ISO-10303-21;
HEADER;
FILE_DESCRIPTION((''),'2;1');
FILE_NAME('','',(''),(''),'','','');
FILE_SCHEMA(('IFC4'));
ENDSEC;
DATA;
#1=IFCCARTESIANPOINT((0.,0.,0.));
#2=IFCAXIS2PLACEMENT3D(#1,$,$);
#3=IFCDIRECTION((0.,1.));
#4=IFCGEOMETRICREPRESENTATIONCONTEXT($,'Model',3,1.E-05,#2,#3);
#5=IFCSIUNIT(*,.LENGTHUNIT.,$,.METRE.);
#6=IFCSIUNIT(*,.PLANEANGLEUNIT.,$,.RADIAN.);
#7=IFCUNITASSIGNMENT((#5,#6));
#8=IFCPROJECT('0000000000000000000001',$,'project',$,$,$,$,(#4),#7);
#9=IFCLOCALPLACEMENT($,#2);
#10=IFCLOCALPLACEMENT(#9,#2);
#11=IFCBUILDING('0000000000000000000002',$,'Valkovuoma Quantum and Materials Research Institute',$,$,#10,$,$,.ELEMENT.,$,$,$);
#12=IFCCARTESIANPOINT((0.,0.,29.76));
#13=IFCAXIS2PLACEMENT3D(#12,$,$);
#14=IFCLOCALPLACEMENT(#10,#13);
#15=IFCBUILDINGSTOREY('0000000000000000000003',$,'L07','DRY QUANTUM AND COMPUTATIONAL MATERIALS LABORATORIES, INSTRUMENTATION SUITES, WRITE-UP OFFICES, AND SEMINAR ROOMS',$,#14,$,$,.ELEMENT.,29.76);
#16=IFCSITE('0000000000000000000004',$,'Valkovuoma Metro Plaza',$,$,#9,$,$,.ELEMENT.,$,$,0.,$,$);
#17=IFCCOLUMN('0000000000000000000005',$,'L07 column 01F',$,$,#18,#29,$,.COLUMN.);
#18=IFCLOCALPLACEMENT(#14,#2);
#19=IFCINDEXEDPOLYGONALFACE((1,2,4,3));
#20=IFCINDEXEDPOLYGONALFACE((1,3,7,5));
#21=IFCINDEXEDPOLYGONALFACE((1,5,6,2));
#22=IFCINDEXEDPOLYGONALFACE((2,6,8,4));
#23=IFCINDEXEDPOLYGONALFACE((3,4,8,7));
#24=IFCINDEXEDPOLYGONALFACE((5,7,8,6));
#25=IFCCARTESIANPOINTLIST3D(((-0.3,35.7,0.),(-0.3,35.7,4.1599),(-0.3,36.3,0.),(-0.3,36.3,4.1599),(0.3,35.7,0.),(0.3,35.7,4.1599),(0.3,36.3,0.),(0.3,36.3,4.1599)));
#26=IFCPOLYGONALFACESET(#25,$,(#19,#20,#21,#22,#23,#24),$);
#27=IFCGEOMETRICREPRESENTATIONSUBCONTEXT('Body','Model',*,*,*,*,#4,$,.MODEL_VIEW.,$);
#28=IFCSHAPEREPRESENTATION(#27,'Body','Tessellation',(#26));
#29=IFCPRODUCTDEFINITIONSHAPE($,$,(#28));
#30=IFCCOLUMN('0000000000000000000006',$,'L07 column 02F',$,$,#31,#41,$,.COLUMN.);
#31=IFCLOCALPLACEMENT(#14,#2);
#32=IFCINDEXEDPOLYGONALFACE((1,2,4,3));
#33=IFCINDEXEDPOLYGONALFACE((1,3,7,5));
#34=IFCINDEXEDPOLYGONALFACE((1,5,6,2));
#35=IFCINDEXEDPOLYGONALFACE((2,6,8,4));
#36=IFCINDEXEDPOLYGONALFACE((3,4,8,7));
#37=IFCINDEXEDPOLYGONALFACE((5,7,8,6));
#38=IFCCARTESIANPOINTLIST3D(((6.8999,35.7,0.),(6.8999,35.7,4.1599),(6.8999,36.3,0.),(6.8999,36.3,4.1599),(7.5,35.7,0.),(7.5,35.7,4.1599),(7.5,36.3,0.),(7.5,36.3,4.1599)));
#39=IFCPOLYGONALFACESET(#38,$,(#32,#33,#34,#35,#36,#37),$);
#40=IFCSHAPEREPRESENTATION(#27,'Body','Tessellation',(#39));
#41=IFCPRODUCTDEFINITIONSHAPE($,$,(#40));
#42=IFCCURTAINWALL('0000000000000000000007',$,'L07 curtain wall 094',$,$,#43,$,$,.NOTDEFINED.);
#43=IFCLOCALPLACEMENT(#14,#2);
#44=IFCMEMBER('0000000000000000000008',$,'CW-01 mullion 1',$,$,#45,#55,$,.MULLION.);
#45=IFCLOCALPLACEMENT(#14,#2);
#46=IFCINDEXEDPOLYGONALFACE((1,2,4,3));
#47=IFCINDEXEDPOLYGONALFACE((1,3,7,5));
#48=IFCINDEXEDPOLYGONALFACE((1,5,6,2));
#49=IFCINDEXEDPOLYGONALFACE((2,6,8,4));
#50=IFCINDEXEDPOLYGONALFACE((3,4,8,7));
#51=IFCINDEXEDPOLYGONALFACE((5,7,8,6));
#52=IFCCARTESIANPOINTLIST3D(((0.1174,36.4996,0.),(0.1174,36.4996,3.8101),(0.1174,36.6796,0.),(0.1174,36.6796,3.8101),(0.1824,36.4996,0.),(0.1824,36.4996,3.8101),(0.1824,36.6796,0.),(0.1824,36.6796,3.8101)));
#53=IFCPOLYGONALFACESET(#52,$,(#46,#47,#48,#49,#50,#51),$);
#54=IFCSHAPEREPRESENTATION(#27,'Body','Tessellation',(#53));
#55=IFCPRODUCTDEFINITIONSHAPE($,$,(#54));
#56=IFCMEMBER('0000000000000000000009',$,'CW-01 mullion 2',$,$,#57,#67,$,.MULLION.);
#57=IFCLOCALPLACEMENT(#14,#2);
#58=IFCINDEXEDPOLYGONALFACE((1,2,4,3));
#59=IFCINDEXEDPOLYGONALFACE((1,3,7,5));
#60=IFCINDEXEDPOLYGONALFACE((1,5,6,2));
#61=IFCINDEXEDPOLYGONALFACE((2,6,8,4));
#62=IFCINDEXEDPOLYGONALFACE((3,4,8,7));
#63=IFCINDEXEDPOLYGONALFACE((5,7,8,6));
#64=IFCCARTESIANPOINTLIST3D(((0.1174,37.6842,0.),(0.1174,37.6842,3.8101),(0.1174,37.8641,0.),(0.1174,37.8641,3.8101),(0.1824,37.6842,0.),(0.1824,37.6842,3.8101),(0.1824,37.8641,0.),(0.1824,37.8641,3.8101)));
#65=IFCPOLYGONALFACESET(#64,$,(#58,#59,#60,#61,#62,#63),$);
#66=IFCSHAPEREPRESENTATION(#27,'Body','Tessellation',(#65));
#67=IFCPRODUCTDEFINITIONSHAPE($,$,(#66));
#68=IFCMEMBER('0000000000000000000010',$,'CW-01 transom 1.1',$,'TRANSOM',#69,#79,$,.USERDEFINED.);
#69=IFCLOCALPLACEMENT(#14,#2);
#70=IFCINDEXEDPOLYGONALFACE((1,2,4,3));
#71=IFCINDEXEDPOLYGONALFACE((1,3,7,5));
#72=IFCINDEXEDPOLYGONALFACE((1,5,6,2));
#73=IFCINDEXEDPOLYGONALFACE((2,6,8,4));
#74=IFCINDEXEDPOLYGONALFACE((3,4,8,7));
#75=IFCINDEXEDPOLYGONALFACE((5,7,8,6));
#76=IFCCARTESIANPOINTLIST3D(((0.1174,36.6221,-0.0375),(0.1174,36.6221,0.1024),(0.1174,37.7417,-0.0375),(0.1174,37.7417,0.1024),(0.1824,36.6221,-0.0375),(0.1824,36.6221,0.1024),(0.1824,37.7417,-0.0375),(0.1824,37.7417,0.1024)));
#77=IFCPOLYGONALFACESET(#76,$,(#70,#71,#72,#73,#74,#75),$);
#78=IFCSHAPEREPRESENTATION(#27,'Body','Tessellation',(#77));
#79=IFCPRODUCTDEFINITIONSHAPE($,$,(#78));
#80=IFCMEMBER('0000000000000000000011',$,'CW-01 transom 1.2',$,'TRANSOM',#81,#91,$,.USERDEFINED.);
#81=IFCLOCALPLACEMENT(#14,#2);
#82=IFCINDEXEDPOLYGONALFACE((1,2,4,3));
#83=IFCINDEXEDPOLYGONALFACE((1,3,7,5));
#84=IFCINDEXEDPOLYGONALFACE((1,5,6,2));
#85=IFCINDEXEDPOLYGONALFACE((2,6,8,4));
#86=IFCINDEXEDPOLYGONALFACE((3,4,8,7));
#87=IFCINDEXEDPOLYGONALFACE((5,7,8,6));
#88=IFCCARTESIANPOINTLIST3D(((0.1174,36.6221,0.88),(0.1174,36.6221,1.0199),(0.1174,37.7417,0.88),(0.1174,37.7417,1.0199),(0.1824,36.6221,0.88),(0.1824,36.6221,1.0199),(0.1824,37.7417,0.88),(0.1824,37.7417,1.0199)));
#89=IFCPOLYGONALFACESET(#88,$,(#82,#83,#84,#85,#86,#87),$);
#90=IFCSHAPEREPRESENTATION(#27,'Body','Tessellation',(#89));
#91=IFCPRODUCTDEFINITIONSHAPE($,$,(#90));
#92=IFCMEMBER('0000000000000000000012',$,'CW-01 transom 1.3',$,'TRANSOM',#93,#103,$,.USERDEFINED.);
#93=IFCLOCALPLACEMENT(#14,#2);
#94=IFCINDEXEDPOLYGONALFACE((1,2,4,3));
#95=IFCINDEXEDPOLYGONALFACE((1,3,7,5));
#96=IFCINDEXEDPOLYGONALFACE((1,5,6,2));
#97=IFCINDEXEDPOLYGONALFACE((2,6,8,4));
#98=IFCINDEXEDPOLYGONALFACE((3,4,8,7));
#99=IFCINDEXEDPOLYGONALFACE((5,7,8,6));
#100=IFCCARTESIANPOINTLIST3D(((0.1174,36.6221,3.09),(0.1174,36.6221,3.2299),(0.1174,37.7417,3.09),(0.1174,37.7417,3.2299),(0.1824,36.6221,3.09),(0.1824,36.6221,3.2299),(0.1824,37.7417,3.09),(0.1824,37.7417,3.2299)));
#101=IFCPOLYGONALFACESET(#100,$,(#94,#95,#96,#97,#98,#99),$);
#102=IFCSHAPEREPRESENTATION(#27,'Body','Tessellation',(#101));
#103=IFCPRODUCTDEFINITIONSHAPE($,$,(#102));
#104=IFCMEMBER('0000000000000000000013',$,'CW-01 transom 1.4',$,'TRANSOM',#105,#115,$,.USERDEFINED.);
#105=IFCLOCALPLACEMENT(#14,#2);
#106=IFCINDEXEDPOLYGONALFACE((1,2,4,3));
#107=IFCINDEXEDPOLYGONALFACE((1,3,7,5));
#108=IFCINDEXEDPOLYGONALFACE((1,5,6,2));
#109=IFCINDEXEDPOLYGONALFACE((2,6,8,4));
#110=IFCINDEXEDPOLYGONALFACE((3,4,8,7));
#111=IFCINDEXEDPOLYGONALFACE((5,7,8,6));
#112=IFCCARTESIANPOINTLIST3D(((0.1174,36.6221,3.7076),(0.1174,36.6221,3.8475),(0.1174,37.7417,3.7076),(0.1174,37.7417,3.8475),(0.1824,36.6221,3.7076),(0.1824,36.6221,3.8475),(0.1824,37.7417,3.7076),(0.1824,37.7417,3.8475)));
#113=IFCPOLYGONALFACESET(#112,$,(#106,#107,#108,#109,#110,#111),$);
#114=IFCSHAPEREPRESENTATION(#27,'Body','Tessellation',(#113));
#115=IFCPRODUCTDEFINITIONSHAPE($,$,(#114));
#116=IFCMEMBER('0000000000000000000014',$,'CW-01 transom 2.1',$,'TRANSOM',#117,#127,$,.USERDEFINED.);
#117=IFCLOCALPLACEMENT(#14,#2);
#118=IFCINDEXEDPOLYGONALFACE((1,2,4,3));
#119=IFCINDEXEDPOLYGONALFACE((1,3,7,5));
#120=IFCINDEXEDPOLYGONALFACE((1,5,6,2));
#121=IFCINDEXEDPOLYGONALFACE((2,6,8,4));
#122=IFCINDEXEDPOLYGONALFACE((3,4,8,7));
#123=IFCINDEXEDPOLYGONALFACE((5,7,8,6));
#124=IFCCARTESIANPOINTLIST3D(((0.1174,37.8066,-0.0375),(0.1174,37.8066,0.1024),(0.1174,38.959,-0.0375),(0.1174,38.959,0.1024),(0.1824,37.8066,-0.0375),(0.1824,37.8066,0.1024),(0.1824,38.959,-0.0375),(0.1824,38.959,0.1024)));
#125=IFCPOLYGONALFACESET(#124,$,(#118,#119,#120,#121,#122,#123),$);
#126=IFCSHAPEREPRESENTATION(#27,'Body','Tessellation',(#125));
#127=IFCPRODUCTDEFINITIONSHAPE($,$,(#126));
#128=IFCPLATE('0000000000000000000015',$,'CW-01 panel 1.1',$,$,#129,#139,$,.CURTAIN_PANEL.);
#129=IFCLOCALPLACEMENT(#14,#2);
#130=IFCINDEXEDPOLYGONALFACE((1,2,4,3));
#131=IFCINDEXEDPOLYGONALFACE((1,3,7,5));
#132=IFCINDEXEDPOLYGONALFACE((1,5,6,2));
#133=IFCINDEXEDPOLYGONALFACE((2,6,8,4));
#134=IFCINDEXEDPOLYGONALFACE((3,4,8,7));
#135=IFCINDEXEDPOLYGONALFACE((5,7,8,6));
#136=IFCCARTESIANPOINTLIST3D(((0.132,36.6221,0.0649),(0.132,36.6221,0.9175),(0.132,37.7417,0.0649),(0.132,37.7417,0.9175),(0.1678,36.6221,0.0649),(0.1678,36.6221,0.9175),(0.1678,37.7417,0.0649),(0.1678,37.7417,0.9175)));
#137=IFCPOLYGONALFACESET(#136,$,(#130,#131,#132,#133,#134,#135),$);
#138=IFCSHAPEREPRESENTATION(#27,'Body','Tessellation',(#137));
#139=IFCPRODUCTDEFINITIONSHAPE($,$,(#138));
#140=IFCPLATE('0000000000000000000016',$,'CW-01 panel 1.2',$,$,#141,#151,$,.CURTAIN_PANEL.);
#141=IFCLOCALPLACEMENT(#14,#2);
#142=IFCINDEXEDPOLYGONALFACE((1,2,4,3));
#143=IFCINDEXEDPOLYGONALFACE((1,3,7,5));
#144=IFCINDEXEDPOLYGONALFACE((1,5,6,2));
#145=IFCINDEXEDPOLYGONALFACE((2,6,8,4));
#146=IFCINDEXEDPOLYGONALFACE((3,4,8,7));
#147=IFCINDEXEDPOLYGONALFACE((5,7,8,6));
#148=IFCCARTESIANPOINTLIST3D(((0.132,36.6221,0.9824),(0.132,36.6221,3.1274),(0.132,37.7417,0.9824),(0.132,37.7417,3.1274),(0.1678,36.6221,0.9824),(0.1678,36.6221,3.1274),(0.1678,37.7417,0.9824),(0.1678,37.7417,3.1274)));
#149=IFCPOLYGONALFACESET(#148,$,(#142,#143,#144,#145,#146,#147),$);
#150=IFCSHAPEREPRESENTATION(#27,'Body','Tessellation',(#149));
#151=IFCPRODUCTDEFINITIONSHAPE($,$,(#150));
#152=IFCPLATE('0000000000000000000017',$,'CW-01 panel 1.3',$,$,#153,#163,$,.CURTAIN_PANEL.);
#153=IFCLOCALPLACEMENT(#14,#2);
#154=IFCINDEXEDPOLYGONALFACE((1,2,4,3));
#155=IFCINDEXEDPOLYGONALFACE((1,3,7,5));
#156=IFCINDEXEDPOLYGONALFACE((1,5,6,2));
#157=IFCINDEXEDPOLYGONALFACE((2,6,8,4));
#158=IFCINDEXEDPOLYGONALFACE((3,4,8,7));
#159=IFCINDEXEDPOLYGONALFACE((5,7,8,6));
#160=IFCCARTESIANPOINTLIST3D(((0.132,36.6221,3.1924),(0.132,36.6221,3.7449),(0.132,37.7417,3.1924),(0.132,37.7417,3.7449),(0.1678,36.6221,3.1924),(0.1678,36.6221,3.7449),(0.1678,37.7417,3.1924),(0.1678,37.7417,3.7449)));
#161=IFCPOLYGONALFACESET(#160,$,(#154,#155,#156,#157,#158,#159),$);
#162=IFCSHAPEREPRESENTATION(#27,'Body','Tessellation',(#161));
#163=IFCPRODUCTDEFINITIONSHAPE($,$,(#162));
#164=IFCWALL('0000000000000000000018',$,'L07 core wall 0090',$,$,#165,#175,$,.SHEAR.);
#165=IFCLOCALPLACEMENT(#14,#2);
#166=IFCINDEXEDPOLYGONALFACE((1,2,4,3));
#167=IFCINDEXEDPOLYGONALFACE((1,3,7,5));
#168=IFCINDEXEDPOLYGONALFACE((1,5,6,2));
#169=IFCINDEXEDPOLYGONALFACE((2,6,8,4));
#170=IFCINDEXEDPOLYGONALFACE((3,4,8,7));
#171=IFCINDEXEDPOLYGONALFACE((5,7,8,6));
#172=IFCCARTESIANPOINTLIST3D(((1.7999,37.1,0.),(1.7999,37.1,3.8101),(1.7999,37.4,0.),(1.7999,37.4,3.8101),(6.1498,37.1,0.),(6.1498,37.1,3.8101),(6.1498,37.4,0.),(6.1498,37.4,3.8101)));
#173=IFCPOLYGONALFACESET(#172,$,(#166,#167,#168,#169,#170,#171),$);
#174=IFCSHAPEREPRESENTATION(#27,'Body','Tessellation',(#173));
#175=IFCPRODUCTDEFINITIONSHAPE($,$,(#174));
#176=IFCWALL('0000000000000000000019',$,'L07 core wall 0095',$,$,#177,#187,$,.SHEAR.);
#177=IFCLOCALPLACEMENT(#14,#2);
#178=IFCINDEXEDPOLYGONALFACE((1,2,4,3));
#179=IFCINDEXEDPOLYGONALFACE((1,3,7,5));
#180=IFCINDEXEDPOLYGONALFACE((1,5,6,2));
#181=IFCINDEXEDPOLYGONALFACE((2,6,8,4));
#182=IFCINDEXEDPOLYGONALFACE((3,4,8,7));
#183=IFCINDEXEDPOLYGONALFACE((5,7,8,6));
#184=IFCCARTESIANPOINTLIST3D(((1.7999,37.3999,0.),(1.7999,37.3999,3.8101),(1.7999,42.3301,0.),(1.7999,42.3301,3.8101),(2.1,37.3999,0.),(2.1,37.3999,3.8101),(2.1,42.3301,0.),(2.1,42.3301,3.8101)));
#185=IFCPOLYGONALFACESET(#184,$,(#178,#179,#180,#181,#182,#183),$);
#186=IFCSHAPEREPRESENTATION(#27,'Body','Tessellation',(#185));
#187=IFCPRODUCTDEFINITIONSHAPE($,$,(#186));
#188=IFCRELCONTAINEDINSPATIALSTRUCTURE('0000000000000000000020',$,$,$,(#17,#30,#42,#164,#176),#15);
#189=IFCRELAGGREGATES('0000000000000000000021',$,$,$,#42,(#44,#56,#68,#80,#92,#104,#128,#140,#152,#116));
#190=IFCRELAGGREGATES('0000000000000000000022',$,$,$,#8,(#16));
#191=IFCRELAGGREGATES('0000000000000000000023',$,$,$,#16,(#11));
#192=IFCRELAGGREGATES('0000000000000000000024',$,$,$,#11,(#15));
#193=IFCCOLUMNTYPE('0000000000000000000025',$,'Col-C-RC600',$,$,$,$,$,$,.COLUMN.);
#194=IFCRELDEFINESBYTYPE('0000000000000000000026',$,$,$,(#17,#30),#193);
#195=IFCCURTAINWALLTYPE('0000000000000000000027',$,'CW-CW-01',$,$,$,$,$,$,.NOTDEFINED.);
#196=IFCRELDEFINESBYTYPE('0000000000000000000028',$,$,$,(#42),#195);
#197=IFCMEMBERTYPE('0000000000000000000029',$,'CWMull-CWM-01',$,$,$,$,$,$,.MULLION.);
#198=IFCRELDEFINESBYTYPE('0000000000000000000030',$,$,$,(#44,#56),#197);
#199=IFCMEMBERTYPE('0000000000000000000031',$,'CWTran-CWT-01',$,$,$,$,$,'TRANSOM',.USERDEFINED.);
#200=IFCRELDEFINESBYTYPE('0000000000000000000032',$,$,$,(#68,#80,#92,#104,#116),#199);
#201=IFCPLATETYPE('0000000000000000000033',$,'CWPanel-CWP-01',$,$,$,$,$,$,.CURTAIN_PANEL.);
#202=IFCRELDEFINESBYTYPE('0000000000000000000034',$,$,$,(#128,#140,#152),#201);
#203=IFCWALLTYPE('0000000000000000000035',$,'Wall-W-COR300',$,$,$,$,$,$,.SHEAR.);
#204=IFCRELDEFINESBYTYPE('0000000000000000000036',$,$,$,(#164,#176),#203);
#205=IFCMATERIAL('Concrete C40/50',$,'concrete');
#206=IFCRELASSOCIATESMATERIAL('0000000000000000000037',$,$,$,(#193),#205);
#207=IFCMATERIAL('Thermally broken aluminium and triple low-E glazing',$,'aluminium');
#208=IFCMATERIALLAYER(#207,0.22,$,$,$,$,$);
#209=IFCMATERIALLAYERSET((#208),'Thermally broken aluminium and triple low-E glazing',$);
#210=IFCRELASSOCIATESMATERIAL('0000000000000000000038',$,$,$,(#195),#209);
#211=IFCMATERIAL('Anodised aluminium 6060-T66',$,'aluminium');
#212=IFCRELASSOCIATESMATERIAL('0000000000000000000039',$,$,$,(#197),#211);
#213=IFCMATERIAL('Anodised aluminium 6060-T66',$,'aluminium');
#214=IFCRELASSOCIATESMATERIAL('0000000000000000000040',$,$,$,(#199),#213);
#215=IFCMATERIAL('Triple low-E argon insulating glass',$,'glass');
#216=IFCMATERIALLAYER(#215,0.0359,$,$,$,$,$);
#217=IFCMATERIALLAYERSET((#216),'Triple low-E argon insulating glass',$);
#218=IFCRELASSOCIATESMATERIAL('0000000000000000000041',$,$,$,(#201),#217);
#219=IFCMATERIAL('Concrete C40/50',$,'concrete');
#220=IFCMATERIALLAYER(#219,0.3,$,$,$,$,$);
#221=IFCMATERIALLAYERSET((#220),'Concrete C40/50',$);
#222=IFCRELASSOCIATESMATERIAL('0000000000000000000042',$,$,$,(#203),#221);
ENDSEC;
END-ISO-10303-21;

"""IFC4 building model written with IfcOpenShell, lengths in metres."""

from ifc_helpers import new_model, si_unit, direction, frame, frame_2d, origin, origin_2d, place, context, subcontext, project, spatial, rectangle, extrude, material, layer, layer_set, material_profile, profile_set, type_object, element, aggregate, save


model = new_model("IFC4")

# Units and contexts
model_context = context("Model", 3, precision=1e-05, world=origin(), true_north=direction((0.0, 1.0)))
body_context = subcontext(model_context, "Body", "Model", "MODEL_VIEW")
ifc_project = project(units=[si_unit("LENGTHUNIT", "METRE"), si_unit("PLANEANGLEUNIT", "RADIAN")], contexts=[model_context])

# Site, building, storey
site_placement = place(None, origin())
site = spatial("IfcSite", under=ifc_project, at=site_placement, Name="Valkovuoma Metro Plaza", CompositionType="ELEMENT", RefElevation=0.0)
building_placement = place(site_placement, origin())
building = spatial("IfcBuilding", under=site, at=building_placement, Name="Valkovuoma Quantum and Materials Research Institute", CompositionType="ELEMENT")
storey_placement = place(building_placement, frame((0.0, 0.0, 29.76)))
storey = spatial("IfcBuildingStorey", under=building, at=storey_placement, Name="L07", Description="DRY QUANTUM AND COMPUTATIONAL MATERIALS LABORATORIES, INSTRUMENTATION SUITES, WRITE-UP OFFICES, AND SEMINAR ROOMS", CompositionType="ELEMENT", Elevation=29.76)

# Columns
ifc_material_1 = material(Name="Concrete C40/50", Category="concrete")
ifc_material_profile_1 = material_profile(ifc_material_1, rectangle(XDim=0.6001, YDim=0.6001, at=origin_2d()), Name="Concrete C40/50")
ifc_profile_set_1 = profile_set([ifc_material_profile_1], Name="Concrete C40/50")
column_type = type_object("IfcColumnType", Name="Col-C-RC600", PredefinedType="COLUMN", material=ifc_profile_set_1)
for number, where, z_axis, x_axis, name in (
    (1, (0.0, 36.0, 0.0), (0.0, 0.0, 1.0), (1.0, 0.0, 0.0), "L07 column 01F"),
    (2, (7.2, 36.0, 0.0), (0.0, 0.0, 1.0), (1.0, 0.0, 0.0), "L07 column 02F"),
):
    element("IfcColumn", number, at=place(storey_placement, frame(where, z_axis=z_axis, x_axis=x_axis)), inside=storey, type_object=column_type, Name=name, PredefinedType="COLUMN", context=body_context, shape_type="SweptSolid", body=[
        extrude(rectangle(XDim=0.6001, YDim=0.6001, at=origin_2d()), origin(), (0.0, 0.0, 1.0), 4.1599),
    ])

# Curtain wall, members, plates
ifc_material_2 = material(Name="Thermally broken aluminium and triple low-E glazing", Category="aluminium")
ifc_layer_1 = layer(ifc_material_2, 0.22)
ifc_layer_set_1 = layer_set([ifc_layer_1], Name="Thermally broken aluminium and triple low-E glazing")
curtain_wall_type = type_object("IfcCurtainWallType", Name="CW-CW-01", PredefinedType="NOTDEFINED", material=ifc_layer_set_1)
curtain_wall_placement = place(storey_placement, origin())
curtain_wall = element("IfcCurtainWall", 3, at=curtain_wall_placement, inside=storey, type_object=curtain_wall_type, Name="L07 curtain wall 094", PredefinedType="NOTDEFINED")
ifc_material_3 = material(Name="Anodised aluminium 6060-T66", Category="aluminium")
ifc_material_profile_2 = material_profile(ifc_material_3, rectangle(XDim=0.0649, YDim=0.1799, at=origin_2d()), Name="Anodised aluminium 6060-T66")
ifc_profile_set_2 = profile_set([ifc_material_profile_2], Name="Anodised aluminium 6060-T66")
member_type_1 = type_object("IfcMemberType", Name="CWMull-CWM-01", PredefinedType="MULLION", material=ifc_profile_set_2)
member_1_placement = place(storey_placement, frame((0.1499, 36.5896, 0.0), z_axis=(0.0, 0.0, 1.0), x_axis=(-1.0, 0.0, 0.0)))
member_1 = element("IfcMember", 4, at=member_1_placement, type_object=member_type_1, Name="CW-01 mullion 1", PredefinedType="MULLION", context=body_context, shape_type="SweptSolid", body=[
    extrude(rectangle(XDim=0.0649, YDim=0.1799, at=origin_2d()), origin(), (0.0, 0.0, 1.0), 3.8101),
])
member_2_placement = place(storey_placement, frame((0.1499, 37.7742, 0.0), z_axis=(0.0, 0.0, 1.0), x_axis=(-1.0, 0.0, 0.0)))
member_2 = element("IfcMember", 5, at=member_2_placement, type_object=member_type_1, Name="CW-01 mullion 2", PredefinedType="MULLION", context=body_context, shape_type="SweptSolid", body=[
    extrude(rectangle(XDim=0.0649, YDim=0.1799, at=origin_2d()), origin(), (0.0, 0.0, 1.0), 3.8101),
])
ifc_material_4 = material(Name="Anodised aluminium 6060-T66", Category="aluminium")
ifc_material_profile_3 = material_profile(ifc_material_4, rectangle(XDim=0.0649, YDim=0.1399, at=origin_2d()), Name="Anodised aluminium 6060-T66")
ifc_profile_set_3 = profile_set([ifc_material_profile_3], Name="Anodised aluminium 6060-T66")
member_type_2 = type_object("IfcMemberType", Name="CWTran-CWT-01", ElementType="TRANSOM", PredefinedType="USERDEFINED", material=ifc_profile_set_3)
member_3_placement = place(storey_placement, frame((0.1499, 36.6221, 0.0325), z_axis=(0.0, 1.0, 0.0), x_axis=(-1.0, 0.0, 0.0)))
member_3 = element("IfcMember", 6, at=member_3_placement, type_object=member_type_2, Name="CW-01 transom 1.1", ObjectType="TRANSOM", PredefinedType="USERDEFINED", context=body_context, shape_type="SweptSolid", body=[
    extrude(rectangle(XDim=0.0649, YDim=0.1399, at=origin_2d()), origin(), (0.0, 0.0, 1.0), 1.1196),
])
member_4_placement = place(storey_placement, frame((0.1499, 36.6221, 0.95), z_axis=(0.0, 1.0, 0.0), x_axis=(-1.0, 0.0, 0.0)))
member_4 = element("IfcMember", 7, at=member_4_placement, type_object=member_type_2, Name="CW-01 transom 1.2", ObjectType="TRANSOM", PredefinedType="USERDEFINED", context=body_context, shape_type="SweptSolid", body=[
    extrude(rectangle(XDim=0.0649, YDim=0.1399, at=origin_2d()), origin(), (0.0, 0.0, 1.0), 1.1196),
])
member_5_placement = place(storey_placement, frame((0.1499, 36.6221, 3.1599), z_axis=(0.0, 1.0, 0.0), x_axis=(-1.0, 0.0, 0.0)))
member_5 = element("IfcMember", 8, at=member_5_placement, type_object=member_type_2, Name="CW-01 transom 1.3", ObjectType="TRANSOM", PredefinedType="USERDEFINED", context=body_context, shape_type="SweptSolid", body=[
    extrude(rectangle(XDim=0.0649, YDim=0.1399, at=origin_2d()), origin(), (0.0, 0.0, 1.0), 1.1196),
])
member_6_placement = place(storey_placement, frame((0.1499, 36.6221, 3.7776), z_axis=(0.0, 1.0, 0.0), x_axis=(-1.0, 0.0, 0.0)))
member_6 = element("IfcMember", 9, at=member_6_placement, type_object=member_type_2, Name="CW-01 transom 1.4", ObjectType="TRANSOM", PredefinedType="USERDEFINED", context=body_context, shape_type="SweptSolid", body=[
    extrude(rectangle(XDim=0.0649, YDim=0.1399, at=origin_2d()), origin(), (0.0, 0.0, 1.0), 1.1196),
])
member_7_placement = place(storey_placement, frame((0.1499, 37.8066, 0.0325), z_axis=(0.0, 1.0, 0.0), x_axis=(-1.0, 0.0, 0.0)))
member_7 = element("IfcMember", 10, at=member_7_placement, type_object=member_type_2, Name="CW-01 transom 2.1", ObjectType="TRANSOM", PredefinedType="USERDEFINED", context=body_context, shape_type="SweptSolid", body=[
    extrude(rectangle(XDim=0.0649, YDim=0.1399, at=origin_2d()), origin(), (0.0, 0.0, 1.0), 1.1523),
])
ifc_material_5 = material(Name="Triple low-E argon insulating glass", Category="glass")
ifc_layer_2 = layer(ifc_material_5, 0.0359)
ifc_layer_set_2 = layer_set([ifc_layer_2], Name="Triple low-E argon insulating glass")
plate_type = type_object("IfcPlateType", Name="CWPanel-CWP-01", PredefinedType="CURTAIN_PANEL", material=ifc_layer_set_2)
plate_1_placement = place(storey_placement, frame((0.1499, 37.1819, 0.0649), z_axis=(0.0, 0.0, 1.0), x_axis=(0.0, 1.0, 0.0)))
plate_1 = element("IfcPlate", 11, at=plate_1_placement, type_object=plate_type, Name="CW-01 panel 1.1", PredefinedType="CURTAIN_PANEL", context=body_context, shape_type="SweptSolid", body=[
    extrude(rectangle(XDim=1.1196, YDim=0.0359, at=origin_2d()), origin(), (0.0, 0.0, 1.0), 0.8525),
])
plate_2_placement = place(storey_placement, frame((0.1499, 37.1819, 0.9824), z_axis=(0.0, 0.0, 1.0), x_axis=(0.0, 1.0, 0.0)))
plate_2 = element("IfcPlate", 12, at=plate_2_placement, type_object=plate_type, Name="CW-01 panel 1.2", PredefinedType="CURTAIN_PANEL", context=body_context, shape_type="SweptSolid", body=[
    extrude(rectangle(XDim=1.1196, YDim=0.0359, at=origin_2d()), origin(), (0.0, 0.0, 1.0), 2.145),
])
plate_3_placement = place(storey_placement, frame((0.1499, 37.1819, 3.1924), z_axis=(0.0, 0.0, 1.0), x_axis=(0.0, 1.0, 0.0)))
plate_3 = element("IfcPlate", 13, at=plate_3_placement, type_object=plate_type, Name="CW-01 panel 1.3", PredefinedType="CURTAIN_PANEL", context=body_context, shape_type="SweptSolid", body=[
    extrude(rectangle(XDim=1.1196, YDim=0.0359, at=origin_2d()), origin(), (0.0, 0.0, 1.0), 0.5525),
])
aggregate(curtain_wall, [member_1, member_2, member_3, member_4, member_5, member_6, plate_1, plate_2, plate_3, member_7])

# Walls
ifc_material_6 = material(Name="Concrete C40/50", Category="concrete")
ifc_layer_3 = layer(ifc_material_6, 0.3)
ifc_layer_set_3 = layer_set([ifc_layer_3], Name="Concrete C40/50")
wall_type_1 = type_object("IfcWallType", Name="Wall-W-COR300", PredefinedType="SHEAR", material=ifc_layer_set_3)
wall_1_placement = place(storey_placement, frame((1.8, 37.25, 0.0), z_axis=(0.0, 0.0, 1.0), x_axis=(1.0, 0.0, 0.0)))
element("IfcWall", 14, at=wall_1_placement, inside=storey, type_object=wall_type_1, Name="L07 core wall 0090", PredefinedType="SHEAR", context=body_context, shape_type="SweptSolid", body=[
    extrude(rectangle(XDim=4.3499, YDim=0.3, at=frame_2d((2.1748, 0.0))), origin(), (0.0, 0.0, 1.0), 3.8101),
])
wall_2_placement = place(storey_placement, frame((1.95, 37.3999, 0.0), z_axis=(0.0, 0.0, 1.0), x_axis=(0.0, 1.0, 0.0)))
element("IfcWall", 15, at=wall_2_placement, inside=storey, type_object=wall_type_1, Name="L07 core wall 0095", PredefinedType="SHEAR", context=body_context, shape_type="SweptSolid", body=[
    extrude(rectangle(XDim=4.9302, YDim=0.3, at=frame_2d((2.4651, 0.0))), origin(), (0.0, 0.0, 1.0), 3.8101),
])

save(model, "model.ifc")
